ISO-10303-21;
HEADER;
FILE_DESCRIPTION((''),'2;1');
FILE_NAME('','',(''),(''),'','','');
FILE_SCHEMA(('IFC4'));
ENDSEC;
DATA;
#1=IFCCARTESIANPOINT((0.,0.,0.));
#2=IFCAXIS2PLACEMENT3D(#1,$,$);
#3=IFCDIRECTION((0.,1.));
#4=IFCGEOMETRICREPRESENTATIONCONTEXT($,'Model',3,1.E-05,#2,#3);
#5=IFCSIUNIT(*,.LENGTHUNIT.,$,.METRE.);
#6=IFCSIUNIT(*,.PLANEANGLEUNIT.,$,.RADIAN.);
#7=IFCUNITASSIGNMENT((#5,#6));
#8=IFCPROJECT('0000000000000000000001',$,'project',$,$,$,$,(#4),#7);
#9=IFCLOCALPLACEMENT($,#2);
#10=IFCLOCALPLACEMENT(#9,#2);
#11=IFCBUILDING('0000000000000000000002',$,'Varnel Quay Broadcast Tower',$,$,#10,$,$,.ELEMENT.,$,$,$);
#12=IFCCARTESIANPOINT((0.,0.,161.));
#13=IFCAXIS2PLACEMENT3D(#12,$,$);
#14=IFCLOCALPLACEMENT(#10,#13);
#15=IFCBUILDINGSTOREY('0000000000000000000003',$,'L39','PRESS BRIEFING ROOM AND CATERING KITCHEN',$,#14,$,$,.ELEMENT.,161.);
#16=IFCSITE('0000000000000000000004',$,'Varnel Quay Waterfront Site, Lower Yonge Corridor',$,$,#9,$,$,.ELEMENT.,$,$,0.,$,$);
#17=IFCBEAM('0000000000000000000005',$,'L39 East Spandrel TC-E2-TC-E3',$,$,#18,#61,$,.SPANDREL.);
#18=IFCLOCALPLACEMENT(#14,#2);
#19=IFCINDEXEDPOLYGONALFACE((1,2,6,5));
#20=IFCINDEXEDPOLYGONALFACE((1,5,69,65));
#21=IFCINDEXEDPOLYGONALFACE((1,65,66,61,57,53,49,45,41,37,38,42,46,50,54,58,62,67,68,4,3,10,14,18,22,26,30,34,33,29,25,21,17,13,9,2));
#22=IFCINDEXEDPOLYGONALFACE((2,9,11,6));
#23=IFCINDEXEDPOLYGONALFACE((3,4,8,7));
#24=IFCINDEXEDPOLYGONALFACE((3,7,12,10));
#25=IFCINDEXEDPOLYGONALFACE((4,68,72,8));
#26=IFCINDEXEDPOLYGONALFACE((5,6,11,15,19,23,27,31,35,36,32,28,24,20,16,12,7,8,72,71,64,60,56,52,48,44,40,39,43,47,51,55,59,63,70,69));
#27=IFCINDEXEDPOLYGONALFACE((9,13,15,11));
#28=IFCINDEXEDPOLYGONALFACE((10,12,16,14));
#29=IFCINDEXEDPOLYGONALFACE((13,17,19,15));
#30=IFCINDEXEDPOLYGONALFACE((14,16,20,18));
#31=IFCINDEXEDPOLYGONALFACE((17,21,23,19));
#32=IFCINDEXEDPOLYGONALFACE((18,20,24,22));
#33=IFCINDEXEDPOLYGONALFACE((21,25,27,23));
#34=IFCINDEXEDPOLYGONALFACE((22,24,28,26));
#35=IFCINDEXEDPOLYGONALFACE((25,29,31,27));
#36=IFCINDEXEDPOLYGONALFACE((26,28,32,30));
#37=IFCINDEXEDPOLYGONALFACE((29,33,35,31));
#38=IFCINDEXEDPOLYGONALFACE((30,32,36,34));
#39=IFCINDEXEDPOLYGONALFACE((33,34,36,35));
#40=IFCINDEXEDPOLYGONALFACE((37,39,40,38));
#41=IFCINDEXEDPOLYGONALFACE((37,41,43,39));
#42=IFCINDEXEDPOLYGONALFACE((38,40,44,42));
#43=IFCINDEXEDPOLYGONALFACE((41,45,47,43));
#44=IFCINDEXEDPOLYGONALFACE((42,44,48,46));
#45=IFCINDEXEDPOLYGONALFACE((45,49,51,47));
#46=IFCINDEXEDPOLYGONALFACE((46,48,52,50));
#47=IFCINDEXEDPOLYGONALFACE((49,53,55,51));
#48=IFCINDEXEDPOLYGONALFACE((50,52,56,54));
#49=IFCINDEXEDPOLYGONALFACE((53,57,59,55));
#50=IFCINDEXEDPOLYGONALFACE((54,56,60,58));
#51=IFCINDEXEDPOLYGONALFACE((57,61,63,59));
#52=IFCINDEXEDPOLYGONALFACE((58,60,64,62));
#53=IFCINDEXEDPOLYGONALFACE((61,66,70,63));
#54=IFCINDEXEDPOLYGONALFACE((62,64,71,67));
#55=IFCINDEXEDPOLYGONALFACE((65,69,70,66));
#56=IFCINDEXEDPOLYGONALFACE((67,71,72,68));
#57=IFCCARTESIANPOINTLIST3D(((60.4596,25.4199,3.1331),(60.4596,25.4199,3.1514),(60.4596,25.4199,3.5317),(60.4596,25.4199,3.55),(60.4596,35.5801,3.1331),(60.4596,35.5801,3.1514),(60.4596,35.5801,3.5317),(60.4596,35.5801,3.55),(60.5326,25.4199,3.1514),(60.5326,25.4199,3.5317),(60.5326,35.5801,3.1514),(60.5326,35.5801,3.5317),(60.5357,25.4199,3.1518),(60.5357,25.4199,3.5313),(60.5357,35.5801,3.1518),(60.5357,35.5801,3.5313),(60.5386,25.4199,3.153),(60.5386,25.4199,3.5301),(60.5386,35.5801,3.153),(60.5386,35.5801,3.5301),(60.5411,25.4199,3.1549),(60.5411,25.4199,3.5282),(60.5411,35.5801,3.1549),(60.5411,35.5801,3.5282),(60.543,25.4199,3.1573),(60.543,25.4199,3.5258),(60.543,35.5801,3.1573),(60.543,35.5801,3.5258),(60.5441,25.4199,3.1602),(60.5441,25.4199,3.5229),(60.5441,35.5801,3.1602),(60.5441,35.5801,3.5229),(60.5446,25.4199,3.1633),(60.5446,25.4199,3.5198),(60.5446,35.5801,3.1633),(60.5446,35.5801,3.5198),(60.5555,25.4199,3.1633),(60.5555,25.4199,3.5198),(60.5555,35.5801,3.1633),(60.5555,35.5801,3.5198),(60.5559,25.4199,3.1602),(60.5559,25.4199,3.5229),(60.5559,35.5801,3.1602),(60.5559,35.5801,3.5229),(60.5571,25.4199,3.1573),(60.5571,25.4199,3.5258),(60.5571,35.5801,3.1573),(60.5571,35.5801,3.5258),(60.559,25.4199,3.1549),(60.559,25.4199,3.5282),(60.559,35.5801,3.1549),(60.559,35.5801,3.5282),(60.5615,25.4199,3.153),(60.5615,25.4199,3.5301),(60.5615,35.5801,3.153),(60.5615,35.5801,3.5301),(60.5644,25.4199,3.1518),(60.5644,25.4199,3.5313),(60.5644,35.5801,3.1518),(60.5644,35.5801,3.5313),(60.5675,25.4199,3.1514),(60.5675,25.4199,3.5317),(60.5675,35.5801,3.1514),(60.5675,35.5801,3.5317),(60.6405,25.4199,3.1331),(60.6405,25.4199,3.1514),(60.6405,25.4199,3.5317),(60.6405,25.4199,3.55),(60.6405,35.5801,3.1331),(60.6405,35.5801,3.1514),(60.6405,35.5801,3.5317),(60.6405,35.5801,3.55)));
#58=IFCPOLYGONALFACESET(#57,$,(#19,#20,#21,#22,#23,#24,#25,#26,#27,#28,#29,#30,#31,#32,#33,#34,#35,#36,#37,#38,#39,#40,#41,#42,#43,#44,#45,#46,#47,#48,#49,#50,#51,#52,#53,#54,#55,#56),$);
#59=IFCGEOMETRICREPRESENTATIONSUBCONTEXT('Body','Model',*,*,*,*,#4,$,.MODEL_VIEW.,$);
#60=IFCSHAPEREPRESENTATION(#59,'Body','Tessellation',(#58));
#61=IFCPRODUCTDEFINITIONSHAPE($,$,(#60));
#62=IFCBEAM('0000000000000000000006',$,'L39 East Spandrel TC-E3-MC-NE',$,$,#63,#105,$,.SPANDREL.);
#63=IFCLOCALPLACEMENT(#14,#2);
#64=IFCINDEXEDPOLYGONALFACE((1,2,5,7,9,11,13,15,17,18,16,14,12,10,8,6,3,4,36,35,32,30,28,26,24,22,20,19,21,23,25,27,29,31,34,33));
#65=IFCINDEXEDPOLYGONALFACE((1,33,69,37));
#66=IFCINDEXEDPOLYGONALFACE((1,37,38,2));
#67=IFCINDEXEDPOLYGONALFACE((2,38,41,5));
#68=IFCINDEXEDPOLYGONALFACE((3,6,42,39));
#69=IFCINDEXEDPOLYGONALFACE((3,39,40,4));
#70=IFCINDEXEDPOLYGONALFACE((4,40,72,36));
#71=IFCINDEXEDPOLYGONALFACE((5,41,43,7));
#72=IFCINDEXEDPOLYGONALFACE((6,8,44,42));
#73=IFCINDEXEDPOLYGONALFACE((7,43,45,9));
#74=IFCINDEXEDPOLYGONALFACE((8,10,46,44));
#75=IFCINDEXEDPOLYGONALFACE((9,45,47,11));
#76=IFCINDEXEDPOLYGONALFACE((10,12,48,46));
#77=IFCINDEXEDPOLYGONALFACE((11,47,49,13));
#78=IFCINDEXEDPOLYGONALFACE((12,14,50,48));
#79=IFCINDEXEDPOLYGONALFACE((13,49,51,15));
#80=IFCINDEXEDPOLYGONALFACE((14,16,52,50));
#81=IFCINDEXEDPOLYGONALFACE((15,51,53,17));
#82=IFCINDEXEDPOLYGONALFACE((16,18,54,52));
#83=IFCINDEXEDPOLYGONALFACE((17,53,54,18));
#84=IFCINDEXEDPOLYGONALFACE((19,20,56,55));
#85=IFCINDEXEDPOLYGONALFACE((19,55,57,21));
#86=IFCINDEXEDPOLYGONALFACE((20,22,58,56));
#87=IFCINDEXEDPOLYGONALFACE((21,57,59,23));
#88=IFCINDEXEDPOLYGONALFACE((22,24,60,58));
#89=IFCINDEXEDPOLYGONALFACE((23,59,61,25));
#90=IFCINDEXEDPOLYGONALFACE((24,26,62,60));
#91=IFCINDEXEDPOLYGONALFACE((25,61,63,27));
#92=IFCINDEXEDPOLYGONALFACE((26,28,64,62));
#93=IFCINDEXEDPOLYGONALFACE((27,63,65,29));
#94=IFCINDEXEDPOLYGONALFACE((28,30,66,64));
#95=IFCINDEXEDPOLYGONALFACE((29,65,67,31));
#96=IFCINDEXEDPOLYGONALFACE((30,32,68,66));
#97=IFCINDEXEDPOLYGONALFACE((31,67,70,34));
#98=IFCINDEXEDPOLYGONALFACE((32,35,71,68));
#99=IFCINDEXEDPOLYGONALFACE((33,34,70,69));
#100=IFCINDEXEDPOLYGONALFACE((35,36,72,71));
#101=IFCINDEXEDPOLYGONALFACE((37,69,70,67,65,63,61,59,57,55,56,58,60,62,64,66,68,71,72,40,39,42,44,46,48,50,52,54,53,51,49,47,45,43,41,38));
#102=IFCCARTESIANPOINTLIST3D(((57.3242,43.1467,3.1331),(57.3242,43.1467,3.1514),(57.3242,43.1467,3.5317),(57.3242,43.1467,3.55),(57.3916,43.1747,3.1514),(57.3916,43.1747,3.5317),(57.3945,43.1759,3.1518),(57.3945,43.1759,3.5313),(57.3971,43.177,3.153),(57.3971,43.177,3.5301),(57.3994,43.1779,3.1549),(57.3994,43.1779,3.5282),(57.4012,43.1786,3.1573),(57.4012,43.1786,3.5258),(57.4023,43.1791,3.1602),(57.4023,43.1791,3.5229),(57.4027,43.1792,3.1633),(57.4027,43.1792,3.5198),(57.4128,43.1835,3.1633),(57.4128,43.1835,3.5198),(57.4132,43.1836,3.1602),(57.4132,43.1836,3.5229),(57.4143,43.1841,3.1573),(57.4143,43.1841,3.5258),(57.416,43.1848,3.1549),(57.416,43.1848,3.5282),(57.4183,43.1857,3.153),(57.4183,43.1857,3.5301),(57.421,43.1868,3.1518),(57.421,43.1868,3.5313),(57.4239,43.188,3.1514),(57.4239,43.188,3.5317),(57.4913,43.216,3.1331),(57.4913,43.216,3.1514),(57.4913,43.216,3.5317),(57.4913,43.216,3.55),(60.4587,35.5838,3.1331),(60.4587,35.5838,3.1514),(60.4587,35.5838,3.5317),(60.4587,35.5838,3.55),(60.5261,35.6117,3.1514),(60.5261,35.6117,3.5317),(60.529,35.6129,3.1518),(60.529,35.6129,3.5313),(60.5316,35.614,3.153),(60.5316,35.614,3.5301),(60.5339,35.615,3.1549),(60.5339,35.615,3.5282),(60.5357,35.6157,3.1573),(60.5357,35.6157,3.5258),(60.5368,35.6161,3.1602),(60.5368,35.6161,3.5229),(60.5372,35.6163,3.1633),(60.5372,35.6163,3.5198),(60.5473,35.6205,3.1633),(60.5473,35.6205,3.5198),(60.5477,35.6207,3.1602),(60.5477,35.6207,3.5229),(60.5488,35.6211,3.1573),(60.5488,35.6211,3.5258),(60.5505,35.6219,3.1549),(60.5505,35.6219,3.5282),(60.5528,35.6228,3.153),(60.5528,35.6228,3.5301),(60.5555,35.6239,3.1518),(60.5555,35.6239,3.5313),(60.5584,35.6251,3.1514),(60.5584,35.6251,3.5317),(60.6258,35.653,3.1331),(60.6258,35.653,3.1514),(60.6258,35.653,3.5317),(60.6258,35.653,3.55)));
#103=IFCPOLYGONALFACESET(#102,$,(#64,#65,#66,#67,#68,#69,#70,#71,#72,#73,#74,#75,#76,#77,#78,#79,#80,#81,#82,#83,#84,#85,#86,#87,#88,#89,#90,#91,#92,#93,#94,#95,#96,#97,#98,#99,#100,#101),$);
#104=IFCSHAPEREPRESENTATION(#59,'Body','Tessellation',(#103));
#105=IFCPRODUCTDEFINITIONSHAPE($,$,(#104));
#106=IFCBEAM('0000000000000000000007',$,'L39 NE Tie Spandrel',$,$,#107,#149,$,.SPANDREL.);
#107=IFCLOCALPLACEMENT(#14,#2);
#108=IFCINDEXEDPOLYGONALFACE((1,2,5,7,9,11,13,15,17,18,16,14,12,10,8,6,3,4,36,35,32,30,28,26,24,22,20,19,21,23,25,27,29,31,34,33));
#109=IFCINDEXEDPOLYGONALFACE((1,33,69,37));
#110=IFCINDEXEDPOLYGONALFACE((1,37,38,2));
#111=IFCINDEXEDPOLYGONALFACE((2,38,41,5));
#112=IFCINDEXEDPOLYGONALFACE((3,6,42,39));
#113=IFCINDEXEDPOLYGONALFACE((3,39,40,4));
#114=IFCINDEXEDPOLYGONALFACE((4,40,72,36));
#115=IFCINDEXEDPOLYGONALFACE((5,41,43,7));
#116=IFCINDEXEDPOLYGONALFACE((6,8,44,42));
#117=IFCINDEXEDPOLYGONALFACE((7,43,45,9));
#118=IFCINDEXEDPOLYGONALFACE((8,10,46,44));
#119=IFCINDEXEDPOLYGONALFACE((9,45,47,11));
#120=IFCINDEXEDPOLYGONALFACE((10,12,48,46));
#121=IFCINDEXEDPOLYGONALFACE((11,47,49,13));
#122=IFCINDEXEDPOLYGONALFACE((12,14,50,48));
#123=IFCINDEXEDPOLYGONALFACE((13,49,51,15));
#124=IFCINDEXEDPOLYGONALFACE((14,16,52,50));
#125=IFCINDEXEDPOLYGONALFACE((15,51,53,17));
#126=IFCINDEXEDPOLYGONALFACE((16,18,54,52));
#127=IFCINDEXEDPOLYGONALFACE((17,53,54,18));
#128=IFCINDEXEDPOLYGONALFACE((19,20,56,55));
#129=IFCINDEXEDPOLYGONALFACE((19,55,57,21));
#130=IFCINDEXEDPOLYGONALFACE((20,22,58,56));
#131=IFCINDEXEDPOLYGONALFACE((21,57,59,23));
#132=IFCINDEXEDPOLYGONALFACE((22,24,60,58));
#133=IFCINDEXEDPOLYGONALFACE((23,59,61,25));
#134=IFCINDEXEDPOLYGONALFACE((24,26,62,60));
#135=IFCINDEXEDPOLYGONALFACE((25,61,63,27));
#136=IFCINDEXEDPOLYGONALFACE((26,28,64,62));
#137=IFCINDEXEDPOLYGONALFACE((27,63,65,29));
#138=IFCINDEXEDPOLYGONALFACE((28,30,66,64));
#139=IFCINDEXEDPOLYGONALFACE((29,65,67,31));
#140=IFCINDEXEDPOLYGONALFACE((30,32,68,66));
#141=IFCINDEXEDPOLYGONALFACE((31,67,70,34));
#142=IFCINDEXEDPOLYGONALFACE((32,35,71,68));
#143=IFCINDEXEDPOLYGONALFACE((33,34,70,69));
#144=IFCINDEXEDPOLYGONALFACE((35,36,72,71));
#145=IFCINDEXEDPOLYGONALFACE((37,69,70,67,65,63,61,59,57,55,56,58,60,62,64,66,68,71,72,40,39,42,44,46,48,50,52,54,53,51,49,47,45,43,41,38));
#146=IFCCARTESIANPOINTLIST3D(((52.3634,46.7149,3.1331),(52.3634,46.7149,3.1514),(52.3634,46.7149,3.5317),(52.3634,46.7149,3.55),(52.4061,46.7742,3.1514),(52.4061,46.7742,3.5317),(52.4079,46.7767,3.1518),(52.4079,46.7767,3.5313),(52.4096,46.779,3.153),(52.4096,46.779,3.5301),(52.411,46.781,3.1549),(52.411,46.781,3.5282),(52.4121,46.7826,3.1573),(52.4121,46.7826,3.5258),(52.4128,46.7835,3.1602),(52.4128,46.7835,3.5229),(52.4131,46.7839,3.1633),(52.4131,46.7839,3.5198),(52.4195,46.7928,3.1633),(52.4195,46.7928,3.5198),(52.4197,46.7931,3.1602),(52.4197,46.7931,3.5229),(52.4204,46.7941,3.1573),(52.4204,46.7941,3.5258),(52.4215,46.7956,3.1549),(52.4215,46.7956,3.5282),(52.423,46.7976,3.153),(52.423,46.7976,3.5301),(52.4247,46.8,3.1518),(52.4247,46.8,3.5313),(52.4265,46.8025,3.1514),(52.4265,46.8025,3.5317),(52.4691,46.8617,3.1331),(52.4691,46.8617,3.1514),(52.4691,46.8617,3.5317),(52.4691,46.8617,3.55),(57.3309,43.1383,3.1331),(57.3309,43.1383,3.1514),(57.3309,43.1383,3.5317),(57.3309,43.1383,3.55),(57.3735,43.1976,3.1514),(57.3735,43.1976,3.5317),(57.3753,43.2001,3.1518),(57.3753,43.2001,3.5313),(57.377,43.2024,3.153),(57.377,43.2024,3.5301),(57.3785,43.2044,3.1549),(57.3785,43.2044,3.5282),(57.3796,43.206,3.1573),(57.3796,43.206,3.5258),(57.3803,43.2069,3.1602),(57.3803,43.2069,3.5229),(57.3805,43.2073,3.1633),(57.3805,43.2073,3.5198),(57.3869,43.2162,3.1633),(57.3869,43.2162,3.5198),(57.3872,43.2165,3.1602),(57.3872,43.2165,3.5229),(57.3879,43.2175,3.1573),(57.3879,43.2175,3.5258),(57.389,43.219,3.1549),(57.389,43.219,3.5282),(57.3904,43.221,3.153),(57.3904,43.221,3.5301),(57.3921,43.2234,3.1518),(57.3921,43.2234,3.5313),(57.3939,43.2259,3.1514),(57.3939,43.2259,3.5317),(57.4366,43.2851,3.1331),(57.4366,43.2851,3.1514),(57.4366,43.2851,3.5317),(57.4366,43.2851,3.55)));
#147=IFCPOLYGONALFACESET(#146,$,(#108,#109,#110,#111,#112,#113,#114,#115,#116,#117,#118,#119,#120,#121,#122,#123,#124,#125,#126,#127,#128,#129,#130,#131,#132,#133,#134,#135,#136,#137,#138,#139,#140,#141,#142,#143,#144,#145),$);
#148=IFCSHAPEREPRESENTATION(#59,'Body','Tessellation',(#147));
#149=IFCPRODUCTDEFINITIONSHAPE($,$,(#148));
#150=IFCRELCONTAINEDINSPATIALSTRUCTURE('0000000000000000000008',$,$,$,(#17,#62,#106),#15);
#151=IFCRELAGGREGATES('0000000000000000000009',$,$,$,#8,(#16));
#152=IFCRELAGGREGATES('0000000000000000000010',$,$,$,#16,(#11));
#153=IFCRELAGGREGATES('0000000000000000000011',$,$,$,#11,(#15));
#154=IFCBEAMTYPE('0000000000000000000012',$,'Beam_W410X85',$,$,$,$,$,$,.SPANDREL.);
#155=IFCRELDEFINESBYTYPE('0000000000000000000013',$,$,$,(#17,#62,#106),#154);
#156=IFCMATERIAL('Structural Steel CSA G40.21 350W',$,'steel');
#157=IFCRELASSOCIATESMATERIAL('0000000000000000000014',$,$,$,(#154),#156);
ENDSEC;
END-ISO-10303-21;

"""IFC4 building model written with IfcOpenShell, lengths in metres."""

from ifc_helpers import new_model, si_unit, direction, frame, origin, origin_2d, place, context, subcontext, project, spatial, i_section, extrude, source, transform, mapped, material, material_profile, profile_set, type_object, type_shapes, element, save


model = new_model("IFC4")

# Units and contexts
model_context = context("Model", 3, precision=1e-05, world=origin(), true_north=direction((0.0, 1.0)))
body_context = subcontext(model_context, "Body", "Model", "MODEL_VIEW")
ifc_project = project(units=[si_unit("LENGTHUNIT", "METRE"), si_unit("PLANEANGLEUNIT", "RADIAN")], contexts=[model_context])

# Site, building, storey
site_placement = place(None, origin())
site = spatial("IfcSite", under=ifc_project, at=site_placement, Name="Varnel Quay Waterfront Site, Lower Yonge Corridor", CompositionType="ELEMENT", RefElevation=0.0)
building_placement = place(site_placement, origin())
building = spatial("IfcBuilding", under=site, at=building_placement, Name="Varnel Quay Broadcast Tower", CompositionType="ELEMENT")
storey_placement = place(building_placement, frame((0.0, 0.0, 161.0)))
storey = spatial("IfcBuildingStorey", under=building, at=storey_placement, Name="L39", Description="PRESS BRIEFING ROOM AND CATERING KITCHEN", CompositionType="ELEMENT", Elevation=161.0)

# Shared definitions
ifc_material_1 = material(Name="Structural Steel CSA G40.21 350W", Category="steel")

# Beams
ifc_material_profile_1 = material_profile(ifc_material_1, i_section(OverallWidth=0.1809, OverallDepth=0.417, WebThickness=0.011, FlangeThickness=0.0183, FilletRadius=0.012, at=origin_2d()), Name="W410X85")
ifc_profile_set_1 = profile_set([ifc_material_profile_1], Name="Structural Steel CSA G40.21 350W")
beam_type_1 = type_object("IfcBeamType", Name="Beam_W410X85", PredefinedType="SPANDREL", material=ifc_profile_set_1)
shared_shape_1 = source(origin(), body_context, "Body", "SweptSolid", [
    extrude(i_section(OverallWidth=0.1809, OverallDepth=0.417, WebThickness=0.011, FlangeThickness=0.0183, FilletRadius=0.012, at=origin_2d()), origin(), (0.0, 0.0, 1.0), 10.1602),
])
beam_1_placement = place(storey_placement, frame((60.55, 25.4199, 3.3416), z_axis=(0.0, 1.0, 0.0), x_axis=(-1.0, 0.0, 0.0)))
element("IfcBeam", 1, at=beam_1_placement, inside=storey, type_object=beam_type_1, Name="L39 East Spandrel TC-E2-TC-E3", PredefinedType="SPANDREL", context=body_context, shape_type="MappedRepresentation", body=[
    mapped(shared_shape_1, transform((0.0, 0.0, 0.0), x_axis=(1.0, 0.0, 0.0), y_axis=(0.0, 1.0, 0.0), z_axis=(0.0, 0.0, 1.0), scale=1.0)),
])
shared_shape_2 = source(origin(), body_context, "Body", "SweptSolid", [
    extrude(i_section(OverallWidth=0.1809, OverallDepth=0.417, WebThickness=0.011, FlangeThickness=0.0183, FilletRadius=0.012, at=origin_2d()), origin(), (0.0, 0.0, 1.0), 8.1868),
])
beam_2_placement = place(storey_placement, frame((60.5422, 35.6184, 3.3416), z_axis=(-0.382874, 0.923801, 0.0), x_axis=(-0.923801, -0.382874, 0.0)))
element("IfcBeam", 2, at=beam_2_placement, inside=storey, type_object=beam_type_1, Name="L39 East Spandrel TC-E3-MC-NE", PredefinedType="SPANDREL", context=body_context, shape_type="MappedRepresentation", body=[
    mapped(shared_shape_2, transform((0.0, 0.0, 0.0), x_axis=(1.0, 0.0, 0.0), y_axis=(0.0, 1.0, 0.0), z_axis=(0.0, 0.0, 1.0), scale=1.0)),
])
shared_shape_3 = source(origin(), body_context, "Body", "SweptSolid", [
    extrude(i_section(OverallWidth=0.1809, OverallDepth=0.417, WebThickness=0.011, FlangeThickness=0.0183, FilletRadius=0.012, at=origin_2d()), origin(), (0.0, 0.0, 1.0), 6.1211),
])
type_shapes(beam_type_1, [shared_shape_1, shared_shape_2, shared_shape_3])
beam_3_placement = place(storey_placement, frame((52.4163, 46.7883, 3.3416), z_axis=(0.811531, -0.584309, 0.0), x_axis=(0.584309, 0.811531, 0.0)))
element("IfcBeam", 3, at=beam_3_placement, inside=storey, type_object=beam_type_1, Name="L39 NE Tie Spandrel", PredefinedType="SPANDREL", context=body_context, shape_type="MappedRepresentation", body=[
    mapped(shared_shape_3, transform((0.0, 0.0, 0.0), x_axis=(1.0, 0.0, 0.0), y_axis=(0.0, 1.0, 0.0), z_axis=(0.0, 0.0, 1.0), scale=1.0)),
])

save(model, "model.ifc")
